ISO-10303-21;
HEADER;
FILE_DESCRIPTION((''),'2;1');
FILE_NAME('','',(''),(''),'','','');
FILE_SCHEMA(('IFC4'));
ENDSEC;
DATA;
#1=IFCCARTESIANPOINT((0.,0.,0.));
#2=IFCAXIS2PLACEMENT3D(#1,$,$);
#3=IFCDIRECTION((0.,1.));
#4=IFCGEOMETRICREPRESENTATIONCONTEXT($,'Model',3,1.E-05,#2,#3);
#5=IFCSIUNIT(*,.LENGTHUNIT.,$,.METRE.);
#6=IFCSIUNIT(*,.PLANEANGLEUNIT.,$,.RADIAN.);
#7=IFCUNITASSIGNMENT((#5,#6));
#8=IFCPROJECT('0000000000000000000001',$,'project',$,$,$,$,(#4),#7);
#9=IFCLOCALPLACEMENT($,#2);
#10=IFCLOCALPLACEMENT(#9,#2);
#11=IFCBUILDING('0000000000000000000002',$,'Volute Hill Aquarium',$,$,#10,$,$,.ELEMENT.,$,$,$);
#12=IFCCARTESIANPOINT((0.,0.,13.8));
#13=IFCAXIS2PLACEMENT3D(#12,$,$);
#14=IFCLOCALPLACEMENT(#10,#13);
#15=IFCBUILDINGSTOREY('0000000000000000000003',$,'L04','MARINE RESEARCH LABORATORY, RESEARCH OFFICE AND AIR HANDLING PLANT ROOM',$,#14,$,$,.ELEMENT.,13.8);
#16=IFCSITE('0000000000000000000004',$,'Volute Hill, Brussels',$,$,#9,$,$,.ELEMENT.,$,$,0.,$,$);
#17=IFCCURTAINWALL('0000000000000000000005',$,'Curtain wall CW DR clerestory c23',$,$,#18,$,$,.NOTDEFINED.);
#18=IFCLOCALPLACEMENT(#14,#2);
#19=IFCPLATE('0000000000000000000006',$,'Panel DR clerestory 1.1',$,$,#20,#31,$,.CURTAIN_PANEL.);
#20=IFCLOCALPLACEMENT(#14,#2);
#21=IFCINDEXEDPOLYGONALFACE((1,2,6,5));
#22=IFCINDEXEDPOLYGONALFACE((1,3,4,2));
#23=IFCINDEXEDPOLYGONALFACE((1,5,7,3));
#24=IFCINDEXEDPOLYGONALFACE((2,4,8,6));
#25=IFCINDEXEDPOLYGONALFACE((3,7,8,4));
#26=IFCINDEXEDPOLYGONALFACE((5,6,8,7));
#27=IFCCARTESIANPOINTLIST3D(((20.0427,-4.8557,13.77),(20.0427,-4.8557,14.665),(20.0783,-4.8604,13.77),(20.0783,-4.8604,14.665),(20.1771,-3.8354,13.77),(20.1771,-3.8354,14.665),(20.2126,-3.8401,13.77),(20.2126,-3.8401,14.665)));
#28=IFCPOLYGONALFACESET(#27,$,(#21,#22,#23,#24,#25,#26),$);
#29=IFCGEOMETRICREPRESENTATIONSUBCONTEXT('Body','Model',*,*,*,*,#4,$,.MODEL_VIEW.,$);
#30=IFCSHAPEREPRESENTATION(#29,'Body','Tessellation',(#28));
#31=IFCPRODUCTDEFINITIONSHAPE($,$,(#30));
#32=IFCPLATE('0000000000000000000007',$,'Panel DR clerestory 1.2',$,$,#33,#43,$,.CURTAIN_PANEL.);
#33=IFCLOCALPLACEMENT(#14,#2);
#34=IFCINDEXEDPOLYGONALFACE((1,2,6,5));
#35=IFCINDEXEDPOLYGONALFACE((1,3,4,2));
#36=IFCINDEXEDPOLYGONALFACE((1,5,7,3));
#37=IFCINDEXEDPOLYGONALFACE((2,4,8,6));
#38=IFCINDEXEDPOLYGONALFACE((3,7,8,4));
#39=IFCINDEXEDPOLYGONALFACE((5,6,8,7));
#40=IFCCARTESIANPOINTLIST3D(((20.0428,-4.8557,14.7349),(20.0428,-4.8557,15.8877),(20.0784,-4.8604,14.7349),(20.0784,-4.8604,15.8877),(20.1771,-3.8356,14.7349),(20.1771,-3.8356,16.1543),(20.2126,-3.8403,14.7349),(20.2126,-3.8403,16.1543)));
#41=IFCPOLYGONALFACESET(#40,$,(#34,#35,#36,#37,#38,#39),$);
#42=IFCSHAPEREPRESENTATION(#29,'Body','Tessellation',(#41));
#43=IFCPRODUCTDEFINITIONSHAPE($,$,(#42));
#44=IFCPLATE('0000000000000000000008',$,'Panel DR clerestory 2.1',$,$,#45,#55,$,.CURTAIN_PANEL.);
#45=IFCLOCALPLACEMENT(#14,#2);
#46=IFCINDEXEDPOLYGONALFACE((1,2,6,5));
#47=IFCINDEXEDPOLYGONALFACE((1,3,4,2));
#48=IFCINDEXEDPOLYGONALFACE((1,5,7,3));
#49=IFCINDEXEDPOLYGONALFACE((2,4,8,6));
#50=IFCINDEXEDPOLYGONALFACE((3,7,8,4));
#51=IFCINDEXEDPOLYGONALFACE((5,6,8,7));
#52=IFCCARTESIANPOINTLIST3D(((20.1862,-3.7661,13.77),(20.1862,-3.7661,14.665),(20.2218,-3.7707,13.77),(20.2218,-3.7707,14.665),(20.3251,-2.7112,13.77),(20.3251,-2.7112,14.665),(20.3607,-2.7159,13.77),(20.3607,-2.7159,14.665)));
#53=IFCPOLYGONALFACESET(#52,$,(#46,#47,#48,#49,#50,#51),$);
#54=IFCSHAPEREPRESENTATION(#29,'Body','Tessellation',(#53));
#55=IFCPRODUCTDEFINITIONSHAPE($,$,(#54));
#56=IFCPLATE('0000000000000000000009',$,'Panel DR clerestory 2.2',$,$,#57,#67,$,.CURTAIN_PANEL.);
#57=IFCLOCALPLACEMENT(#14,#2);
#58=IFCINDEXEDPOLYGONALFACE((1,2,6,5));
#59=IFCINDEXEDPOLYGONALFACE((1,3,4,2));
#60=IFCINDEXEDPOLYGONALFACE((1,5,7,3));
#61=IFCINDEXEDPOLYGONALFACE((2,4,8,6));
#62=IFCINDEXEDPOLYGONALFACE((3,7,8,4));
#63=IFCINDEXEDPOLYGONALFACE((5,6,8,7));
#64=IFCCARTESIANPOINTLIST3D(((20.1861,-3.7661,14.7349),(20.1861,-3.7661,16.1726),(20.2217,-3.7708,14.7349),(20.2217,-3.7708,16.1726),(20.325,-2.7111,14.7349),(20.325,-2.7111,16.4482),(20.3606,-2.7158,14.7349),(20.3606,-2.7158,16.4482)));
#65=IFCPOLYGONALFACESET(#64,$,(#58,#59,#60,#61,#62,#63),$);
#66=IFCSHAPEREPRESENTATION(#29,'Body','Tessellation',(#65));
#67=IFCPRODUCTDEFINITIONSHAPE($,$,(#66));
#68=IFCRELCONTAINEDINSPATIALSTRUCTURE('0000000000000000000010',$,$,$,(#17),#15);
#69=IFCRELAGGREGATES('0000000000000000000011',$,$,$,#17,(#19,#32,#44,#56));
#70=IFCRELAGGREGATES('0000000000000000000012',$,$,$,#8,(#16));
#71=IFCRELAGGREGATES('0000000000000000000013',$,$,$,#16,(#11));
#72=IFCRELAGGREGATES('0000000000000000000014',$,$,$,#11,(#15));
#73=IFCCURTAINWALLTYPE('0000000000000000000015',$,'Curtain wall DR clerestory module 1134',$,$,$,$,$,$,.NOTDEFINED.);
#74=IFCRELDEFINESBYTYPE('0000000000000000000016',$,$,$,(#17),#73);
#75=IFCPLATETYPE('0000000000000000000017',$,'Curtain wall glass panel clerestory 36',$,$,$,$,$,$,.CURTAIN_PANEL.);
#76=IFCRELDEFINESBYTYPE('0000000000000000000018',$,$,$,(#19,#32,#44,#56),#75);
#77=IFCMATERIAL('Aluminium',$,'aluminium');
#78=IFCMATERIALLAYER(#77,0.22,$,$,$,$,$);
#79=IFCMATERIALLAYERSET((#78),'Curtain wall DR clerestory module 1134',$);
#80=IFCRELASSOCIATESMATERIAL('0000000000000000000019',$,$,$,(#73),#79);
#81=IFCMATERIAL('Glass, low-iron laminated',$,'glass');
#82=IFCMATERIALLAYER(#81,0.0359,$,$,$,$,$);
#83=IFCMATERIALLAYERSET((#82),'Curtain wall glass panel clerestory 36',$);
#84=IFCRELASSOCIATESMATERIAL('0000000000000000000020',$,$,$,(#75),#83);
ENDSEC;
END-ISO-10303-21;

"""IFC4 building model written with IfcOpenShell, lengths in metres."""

from ifc_helpers import new_model, si_unit, direction, frame, origin, origin_2d, place, context, subcontext, project, spatial, polyline, rectangle, outline, extrude, material, layer, layer_set, type_object, element, aggregate, save


model = new_model("IFC4")

# Units and contexts
model_context = context("Model", 3, precision=1e-05, world=origin(), true_north=direction((0.0, 1.0)))
body_context = subcontext(model_context, "Body", "Model", "MODEL_VIEW")
ifc_project = project(units=[si_unit("LENGTHUNIT", "METRE"), si_unit("PLANEANGLEUNIT", "RADIAN")], contexts=[model_context])

# Site, building, storey
site_placement = place(None, origin())
site = spatial("IfcSite", under=ifc_project, at=site_placement, Name="Volute Hill, Brussels", CompositionType="ELEMENT", RefElevation=0.0)
building_placement = place(site_placement, origin())
building = spatial("IfcBuilding", under=site, at=building_placement, Name="Volute Hill Aquarium", CompositionType="ELEMENT")
storey_placement = place(building_placement, frame((0.0, 0.0, 13.8)))
storey = spatial("IfcBuildingStorey", under=building, at=storey_placement, Name="L04", Description="MARINE RESEARCH LABORATORY, RESEARCH OFFICE AND AIR HANDLING PLANT ROOM", CompositionType="ELEMENT", Elevation=13.8)

# Curtain wall
ifc_material_1 = material(Name="Aluminium", Category="aluminium")
ifc_layer_1 = layer(ifc_material_1, 0.22)
ifc_layer_set_1 = layer_set([ifc_layer_1], Name="Curtain wall DR clerestory module 1134")
curtain_wall_type = type_object("IfcCurtainWallType", Name="Curtain wall DR clerestory module 1134", PredefinedType="NOTDEFINED", material=ifc_layer_set_1)
curtain_wall_1_placement = place(storey_placement, origin())
curtain_wall_1 = element("IfcCurtainWall", 1, at=curtain_wall_1_placement, inside=storey, type_object=curtain_wall_type, Name="Curtain wall CW DR clerestory c23", PredefinedType="NOTDEFINED")

# Plates
ifc_material_2 = material(Name="Glass, low-iron laminated", Category="glass")
ifc_layer_2 = layer(ifc_material_2, 0.0359)
ifc_layer_set_2 = layer_set([ifc_layer_2], Name="Curtain wall glass panel clerestory 36")
plate_type = type_object("IfcPlateType", Name="Curtain wall glass panel clerestory 36", PredefinedType="CURTAIN_PANEL", material=ifc_layer_set_2)
plate_1_placement = place(storey_placement, frame((20.1277, -4.3479, 13.77), z_axis=(0.0, 0.0, 1.0), x_axis=(0.130519, 0.991446, 0.0)))
plate_1 = element("IfcPlate", 2, at=plate_1_placement, type_object=plate_type, Name="Panel DR clerestory 1.1", PredefinedType="CURTAIN_PANEL", context=body_context, shape_type="SweptSolid", body=[
    extrude(rectangle(XDim=1.0291, YDim=0.0359, at=origin_2d()), origin(), (0.0, 0.0, 1.0), 0.895),
])
plate_2_placement = place(storey_placement, frame((20.0784, -4.8604, 14.7349), z_axis=(0.991446, -0.130516, 0.0), x_axis=(0.130516, 0.991446, 0.0)))
plate_2 = element("IfcPlate", 3, at=plate_2_placement, type_object=plate_type, Name="Panel DR clerestory 1.2", PredefinedType="CURTAIN_PANEL", context=body_context, shape_type="SweptSolid", body=[
    extrude(outline(polyline([(0.0, 0.0), (1.0288, 0.0), (1.0288, 1.4194), (0.0, 1.1528), (0.0, 0.0)])), origin(), (0.0, 0.0, -1.0), 0.0359),
])
plate_3_placement = place(storey_placement, frame((20.2734, -3.241, 13.77), z_axis=(0.0, 0.0, 1.0), x_axis=(0.130519, 0.991446, 0.0)))
plate_3 = element("IfcPlate", 4, at=plate_3_placement, type_object=plate_type, Name="Panel DR clerestory 2.1", PredefinedType="CURTAIN_PANEL", context=body_context, shape_type="SweptSolid", body=[
    extrude(rectangle(XDim=1.064, YDim=0.0359, at=origin_2d()), origin(), (0.0, 0.0, 1.0), 0.895),
])
plate_4_placement = place(storey_placement, frame((20.2217, -3.7708, 14.7349), z_axis=(0.991441, -0.130555, 0.0), x_axis=(0.130555, 0.991441, 0.0)))
plate_4 = element("IfcPlate", 5, at=plate_4_placement, type_object=plate_type, Name="Panel DR clerestory 2.2", PredefinedType="CURTAIN_PANEL", context=body_context, shape_type="SweptSolid", body=[
    extrude(outline(polyline([(0.0, 0.0), (1.064, 0.0), (1.064, 1.7134), (0.0, 1.4377), (0.0, 0.0)])), origin(), (0.0, 0.0, -1.0), 0.0359),
])
aggregate(curtain_wall_1, [plate_1, plate_2, plate_3, plate_4])

save(model, "model.ifc")
